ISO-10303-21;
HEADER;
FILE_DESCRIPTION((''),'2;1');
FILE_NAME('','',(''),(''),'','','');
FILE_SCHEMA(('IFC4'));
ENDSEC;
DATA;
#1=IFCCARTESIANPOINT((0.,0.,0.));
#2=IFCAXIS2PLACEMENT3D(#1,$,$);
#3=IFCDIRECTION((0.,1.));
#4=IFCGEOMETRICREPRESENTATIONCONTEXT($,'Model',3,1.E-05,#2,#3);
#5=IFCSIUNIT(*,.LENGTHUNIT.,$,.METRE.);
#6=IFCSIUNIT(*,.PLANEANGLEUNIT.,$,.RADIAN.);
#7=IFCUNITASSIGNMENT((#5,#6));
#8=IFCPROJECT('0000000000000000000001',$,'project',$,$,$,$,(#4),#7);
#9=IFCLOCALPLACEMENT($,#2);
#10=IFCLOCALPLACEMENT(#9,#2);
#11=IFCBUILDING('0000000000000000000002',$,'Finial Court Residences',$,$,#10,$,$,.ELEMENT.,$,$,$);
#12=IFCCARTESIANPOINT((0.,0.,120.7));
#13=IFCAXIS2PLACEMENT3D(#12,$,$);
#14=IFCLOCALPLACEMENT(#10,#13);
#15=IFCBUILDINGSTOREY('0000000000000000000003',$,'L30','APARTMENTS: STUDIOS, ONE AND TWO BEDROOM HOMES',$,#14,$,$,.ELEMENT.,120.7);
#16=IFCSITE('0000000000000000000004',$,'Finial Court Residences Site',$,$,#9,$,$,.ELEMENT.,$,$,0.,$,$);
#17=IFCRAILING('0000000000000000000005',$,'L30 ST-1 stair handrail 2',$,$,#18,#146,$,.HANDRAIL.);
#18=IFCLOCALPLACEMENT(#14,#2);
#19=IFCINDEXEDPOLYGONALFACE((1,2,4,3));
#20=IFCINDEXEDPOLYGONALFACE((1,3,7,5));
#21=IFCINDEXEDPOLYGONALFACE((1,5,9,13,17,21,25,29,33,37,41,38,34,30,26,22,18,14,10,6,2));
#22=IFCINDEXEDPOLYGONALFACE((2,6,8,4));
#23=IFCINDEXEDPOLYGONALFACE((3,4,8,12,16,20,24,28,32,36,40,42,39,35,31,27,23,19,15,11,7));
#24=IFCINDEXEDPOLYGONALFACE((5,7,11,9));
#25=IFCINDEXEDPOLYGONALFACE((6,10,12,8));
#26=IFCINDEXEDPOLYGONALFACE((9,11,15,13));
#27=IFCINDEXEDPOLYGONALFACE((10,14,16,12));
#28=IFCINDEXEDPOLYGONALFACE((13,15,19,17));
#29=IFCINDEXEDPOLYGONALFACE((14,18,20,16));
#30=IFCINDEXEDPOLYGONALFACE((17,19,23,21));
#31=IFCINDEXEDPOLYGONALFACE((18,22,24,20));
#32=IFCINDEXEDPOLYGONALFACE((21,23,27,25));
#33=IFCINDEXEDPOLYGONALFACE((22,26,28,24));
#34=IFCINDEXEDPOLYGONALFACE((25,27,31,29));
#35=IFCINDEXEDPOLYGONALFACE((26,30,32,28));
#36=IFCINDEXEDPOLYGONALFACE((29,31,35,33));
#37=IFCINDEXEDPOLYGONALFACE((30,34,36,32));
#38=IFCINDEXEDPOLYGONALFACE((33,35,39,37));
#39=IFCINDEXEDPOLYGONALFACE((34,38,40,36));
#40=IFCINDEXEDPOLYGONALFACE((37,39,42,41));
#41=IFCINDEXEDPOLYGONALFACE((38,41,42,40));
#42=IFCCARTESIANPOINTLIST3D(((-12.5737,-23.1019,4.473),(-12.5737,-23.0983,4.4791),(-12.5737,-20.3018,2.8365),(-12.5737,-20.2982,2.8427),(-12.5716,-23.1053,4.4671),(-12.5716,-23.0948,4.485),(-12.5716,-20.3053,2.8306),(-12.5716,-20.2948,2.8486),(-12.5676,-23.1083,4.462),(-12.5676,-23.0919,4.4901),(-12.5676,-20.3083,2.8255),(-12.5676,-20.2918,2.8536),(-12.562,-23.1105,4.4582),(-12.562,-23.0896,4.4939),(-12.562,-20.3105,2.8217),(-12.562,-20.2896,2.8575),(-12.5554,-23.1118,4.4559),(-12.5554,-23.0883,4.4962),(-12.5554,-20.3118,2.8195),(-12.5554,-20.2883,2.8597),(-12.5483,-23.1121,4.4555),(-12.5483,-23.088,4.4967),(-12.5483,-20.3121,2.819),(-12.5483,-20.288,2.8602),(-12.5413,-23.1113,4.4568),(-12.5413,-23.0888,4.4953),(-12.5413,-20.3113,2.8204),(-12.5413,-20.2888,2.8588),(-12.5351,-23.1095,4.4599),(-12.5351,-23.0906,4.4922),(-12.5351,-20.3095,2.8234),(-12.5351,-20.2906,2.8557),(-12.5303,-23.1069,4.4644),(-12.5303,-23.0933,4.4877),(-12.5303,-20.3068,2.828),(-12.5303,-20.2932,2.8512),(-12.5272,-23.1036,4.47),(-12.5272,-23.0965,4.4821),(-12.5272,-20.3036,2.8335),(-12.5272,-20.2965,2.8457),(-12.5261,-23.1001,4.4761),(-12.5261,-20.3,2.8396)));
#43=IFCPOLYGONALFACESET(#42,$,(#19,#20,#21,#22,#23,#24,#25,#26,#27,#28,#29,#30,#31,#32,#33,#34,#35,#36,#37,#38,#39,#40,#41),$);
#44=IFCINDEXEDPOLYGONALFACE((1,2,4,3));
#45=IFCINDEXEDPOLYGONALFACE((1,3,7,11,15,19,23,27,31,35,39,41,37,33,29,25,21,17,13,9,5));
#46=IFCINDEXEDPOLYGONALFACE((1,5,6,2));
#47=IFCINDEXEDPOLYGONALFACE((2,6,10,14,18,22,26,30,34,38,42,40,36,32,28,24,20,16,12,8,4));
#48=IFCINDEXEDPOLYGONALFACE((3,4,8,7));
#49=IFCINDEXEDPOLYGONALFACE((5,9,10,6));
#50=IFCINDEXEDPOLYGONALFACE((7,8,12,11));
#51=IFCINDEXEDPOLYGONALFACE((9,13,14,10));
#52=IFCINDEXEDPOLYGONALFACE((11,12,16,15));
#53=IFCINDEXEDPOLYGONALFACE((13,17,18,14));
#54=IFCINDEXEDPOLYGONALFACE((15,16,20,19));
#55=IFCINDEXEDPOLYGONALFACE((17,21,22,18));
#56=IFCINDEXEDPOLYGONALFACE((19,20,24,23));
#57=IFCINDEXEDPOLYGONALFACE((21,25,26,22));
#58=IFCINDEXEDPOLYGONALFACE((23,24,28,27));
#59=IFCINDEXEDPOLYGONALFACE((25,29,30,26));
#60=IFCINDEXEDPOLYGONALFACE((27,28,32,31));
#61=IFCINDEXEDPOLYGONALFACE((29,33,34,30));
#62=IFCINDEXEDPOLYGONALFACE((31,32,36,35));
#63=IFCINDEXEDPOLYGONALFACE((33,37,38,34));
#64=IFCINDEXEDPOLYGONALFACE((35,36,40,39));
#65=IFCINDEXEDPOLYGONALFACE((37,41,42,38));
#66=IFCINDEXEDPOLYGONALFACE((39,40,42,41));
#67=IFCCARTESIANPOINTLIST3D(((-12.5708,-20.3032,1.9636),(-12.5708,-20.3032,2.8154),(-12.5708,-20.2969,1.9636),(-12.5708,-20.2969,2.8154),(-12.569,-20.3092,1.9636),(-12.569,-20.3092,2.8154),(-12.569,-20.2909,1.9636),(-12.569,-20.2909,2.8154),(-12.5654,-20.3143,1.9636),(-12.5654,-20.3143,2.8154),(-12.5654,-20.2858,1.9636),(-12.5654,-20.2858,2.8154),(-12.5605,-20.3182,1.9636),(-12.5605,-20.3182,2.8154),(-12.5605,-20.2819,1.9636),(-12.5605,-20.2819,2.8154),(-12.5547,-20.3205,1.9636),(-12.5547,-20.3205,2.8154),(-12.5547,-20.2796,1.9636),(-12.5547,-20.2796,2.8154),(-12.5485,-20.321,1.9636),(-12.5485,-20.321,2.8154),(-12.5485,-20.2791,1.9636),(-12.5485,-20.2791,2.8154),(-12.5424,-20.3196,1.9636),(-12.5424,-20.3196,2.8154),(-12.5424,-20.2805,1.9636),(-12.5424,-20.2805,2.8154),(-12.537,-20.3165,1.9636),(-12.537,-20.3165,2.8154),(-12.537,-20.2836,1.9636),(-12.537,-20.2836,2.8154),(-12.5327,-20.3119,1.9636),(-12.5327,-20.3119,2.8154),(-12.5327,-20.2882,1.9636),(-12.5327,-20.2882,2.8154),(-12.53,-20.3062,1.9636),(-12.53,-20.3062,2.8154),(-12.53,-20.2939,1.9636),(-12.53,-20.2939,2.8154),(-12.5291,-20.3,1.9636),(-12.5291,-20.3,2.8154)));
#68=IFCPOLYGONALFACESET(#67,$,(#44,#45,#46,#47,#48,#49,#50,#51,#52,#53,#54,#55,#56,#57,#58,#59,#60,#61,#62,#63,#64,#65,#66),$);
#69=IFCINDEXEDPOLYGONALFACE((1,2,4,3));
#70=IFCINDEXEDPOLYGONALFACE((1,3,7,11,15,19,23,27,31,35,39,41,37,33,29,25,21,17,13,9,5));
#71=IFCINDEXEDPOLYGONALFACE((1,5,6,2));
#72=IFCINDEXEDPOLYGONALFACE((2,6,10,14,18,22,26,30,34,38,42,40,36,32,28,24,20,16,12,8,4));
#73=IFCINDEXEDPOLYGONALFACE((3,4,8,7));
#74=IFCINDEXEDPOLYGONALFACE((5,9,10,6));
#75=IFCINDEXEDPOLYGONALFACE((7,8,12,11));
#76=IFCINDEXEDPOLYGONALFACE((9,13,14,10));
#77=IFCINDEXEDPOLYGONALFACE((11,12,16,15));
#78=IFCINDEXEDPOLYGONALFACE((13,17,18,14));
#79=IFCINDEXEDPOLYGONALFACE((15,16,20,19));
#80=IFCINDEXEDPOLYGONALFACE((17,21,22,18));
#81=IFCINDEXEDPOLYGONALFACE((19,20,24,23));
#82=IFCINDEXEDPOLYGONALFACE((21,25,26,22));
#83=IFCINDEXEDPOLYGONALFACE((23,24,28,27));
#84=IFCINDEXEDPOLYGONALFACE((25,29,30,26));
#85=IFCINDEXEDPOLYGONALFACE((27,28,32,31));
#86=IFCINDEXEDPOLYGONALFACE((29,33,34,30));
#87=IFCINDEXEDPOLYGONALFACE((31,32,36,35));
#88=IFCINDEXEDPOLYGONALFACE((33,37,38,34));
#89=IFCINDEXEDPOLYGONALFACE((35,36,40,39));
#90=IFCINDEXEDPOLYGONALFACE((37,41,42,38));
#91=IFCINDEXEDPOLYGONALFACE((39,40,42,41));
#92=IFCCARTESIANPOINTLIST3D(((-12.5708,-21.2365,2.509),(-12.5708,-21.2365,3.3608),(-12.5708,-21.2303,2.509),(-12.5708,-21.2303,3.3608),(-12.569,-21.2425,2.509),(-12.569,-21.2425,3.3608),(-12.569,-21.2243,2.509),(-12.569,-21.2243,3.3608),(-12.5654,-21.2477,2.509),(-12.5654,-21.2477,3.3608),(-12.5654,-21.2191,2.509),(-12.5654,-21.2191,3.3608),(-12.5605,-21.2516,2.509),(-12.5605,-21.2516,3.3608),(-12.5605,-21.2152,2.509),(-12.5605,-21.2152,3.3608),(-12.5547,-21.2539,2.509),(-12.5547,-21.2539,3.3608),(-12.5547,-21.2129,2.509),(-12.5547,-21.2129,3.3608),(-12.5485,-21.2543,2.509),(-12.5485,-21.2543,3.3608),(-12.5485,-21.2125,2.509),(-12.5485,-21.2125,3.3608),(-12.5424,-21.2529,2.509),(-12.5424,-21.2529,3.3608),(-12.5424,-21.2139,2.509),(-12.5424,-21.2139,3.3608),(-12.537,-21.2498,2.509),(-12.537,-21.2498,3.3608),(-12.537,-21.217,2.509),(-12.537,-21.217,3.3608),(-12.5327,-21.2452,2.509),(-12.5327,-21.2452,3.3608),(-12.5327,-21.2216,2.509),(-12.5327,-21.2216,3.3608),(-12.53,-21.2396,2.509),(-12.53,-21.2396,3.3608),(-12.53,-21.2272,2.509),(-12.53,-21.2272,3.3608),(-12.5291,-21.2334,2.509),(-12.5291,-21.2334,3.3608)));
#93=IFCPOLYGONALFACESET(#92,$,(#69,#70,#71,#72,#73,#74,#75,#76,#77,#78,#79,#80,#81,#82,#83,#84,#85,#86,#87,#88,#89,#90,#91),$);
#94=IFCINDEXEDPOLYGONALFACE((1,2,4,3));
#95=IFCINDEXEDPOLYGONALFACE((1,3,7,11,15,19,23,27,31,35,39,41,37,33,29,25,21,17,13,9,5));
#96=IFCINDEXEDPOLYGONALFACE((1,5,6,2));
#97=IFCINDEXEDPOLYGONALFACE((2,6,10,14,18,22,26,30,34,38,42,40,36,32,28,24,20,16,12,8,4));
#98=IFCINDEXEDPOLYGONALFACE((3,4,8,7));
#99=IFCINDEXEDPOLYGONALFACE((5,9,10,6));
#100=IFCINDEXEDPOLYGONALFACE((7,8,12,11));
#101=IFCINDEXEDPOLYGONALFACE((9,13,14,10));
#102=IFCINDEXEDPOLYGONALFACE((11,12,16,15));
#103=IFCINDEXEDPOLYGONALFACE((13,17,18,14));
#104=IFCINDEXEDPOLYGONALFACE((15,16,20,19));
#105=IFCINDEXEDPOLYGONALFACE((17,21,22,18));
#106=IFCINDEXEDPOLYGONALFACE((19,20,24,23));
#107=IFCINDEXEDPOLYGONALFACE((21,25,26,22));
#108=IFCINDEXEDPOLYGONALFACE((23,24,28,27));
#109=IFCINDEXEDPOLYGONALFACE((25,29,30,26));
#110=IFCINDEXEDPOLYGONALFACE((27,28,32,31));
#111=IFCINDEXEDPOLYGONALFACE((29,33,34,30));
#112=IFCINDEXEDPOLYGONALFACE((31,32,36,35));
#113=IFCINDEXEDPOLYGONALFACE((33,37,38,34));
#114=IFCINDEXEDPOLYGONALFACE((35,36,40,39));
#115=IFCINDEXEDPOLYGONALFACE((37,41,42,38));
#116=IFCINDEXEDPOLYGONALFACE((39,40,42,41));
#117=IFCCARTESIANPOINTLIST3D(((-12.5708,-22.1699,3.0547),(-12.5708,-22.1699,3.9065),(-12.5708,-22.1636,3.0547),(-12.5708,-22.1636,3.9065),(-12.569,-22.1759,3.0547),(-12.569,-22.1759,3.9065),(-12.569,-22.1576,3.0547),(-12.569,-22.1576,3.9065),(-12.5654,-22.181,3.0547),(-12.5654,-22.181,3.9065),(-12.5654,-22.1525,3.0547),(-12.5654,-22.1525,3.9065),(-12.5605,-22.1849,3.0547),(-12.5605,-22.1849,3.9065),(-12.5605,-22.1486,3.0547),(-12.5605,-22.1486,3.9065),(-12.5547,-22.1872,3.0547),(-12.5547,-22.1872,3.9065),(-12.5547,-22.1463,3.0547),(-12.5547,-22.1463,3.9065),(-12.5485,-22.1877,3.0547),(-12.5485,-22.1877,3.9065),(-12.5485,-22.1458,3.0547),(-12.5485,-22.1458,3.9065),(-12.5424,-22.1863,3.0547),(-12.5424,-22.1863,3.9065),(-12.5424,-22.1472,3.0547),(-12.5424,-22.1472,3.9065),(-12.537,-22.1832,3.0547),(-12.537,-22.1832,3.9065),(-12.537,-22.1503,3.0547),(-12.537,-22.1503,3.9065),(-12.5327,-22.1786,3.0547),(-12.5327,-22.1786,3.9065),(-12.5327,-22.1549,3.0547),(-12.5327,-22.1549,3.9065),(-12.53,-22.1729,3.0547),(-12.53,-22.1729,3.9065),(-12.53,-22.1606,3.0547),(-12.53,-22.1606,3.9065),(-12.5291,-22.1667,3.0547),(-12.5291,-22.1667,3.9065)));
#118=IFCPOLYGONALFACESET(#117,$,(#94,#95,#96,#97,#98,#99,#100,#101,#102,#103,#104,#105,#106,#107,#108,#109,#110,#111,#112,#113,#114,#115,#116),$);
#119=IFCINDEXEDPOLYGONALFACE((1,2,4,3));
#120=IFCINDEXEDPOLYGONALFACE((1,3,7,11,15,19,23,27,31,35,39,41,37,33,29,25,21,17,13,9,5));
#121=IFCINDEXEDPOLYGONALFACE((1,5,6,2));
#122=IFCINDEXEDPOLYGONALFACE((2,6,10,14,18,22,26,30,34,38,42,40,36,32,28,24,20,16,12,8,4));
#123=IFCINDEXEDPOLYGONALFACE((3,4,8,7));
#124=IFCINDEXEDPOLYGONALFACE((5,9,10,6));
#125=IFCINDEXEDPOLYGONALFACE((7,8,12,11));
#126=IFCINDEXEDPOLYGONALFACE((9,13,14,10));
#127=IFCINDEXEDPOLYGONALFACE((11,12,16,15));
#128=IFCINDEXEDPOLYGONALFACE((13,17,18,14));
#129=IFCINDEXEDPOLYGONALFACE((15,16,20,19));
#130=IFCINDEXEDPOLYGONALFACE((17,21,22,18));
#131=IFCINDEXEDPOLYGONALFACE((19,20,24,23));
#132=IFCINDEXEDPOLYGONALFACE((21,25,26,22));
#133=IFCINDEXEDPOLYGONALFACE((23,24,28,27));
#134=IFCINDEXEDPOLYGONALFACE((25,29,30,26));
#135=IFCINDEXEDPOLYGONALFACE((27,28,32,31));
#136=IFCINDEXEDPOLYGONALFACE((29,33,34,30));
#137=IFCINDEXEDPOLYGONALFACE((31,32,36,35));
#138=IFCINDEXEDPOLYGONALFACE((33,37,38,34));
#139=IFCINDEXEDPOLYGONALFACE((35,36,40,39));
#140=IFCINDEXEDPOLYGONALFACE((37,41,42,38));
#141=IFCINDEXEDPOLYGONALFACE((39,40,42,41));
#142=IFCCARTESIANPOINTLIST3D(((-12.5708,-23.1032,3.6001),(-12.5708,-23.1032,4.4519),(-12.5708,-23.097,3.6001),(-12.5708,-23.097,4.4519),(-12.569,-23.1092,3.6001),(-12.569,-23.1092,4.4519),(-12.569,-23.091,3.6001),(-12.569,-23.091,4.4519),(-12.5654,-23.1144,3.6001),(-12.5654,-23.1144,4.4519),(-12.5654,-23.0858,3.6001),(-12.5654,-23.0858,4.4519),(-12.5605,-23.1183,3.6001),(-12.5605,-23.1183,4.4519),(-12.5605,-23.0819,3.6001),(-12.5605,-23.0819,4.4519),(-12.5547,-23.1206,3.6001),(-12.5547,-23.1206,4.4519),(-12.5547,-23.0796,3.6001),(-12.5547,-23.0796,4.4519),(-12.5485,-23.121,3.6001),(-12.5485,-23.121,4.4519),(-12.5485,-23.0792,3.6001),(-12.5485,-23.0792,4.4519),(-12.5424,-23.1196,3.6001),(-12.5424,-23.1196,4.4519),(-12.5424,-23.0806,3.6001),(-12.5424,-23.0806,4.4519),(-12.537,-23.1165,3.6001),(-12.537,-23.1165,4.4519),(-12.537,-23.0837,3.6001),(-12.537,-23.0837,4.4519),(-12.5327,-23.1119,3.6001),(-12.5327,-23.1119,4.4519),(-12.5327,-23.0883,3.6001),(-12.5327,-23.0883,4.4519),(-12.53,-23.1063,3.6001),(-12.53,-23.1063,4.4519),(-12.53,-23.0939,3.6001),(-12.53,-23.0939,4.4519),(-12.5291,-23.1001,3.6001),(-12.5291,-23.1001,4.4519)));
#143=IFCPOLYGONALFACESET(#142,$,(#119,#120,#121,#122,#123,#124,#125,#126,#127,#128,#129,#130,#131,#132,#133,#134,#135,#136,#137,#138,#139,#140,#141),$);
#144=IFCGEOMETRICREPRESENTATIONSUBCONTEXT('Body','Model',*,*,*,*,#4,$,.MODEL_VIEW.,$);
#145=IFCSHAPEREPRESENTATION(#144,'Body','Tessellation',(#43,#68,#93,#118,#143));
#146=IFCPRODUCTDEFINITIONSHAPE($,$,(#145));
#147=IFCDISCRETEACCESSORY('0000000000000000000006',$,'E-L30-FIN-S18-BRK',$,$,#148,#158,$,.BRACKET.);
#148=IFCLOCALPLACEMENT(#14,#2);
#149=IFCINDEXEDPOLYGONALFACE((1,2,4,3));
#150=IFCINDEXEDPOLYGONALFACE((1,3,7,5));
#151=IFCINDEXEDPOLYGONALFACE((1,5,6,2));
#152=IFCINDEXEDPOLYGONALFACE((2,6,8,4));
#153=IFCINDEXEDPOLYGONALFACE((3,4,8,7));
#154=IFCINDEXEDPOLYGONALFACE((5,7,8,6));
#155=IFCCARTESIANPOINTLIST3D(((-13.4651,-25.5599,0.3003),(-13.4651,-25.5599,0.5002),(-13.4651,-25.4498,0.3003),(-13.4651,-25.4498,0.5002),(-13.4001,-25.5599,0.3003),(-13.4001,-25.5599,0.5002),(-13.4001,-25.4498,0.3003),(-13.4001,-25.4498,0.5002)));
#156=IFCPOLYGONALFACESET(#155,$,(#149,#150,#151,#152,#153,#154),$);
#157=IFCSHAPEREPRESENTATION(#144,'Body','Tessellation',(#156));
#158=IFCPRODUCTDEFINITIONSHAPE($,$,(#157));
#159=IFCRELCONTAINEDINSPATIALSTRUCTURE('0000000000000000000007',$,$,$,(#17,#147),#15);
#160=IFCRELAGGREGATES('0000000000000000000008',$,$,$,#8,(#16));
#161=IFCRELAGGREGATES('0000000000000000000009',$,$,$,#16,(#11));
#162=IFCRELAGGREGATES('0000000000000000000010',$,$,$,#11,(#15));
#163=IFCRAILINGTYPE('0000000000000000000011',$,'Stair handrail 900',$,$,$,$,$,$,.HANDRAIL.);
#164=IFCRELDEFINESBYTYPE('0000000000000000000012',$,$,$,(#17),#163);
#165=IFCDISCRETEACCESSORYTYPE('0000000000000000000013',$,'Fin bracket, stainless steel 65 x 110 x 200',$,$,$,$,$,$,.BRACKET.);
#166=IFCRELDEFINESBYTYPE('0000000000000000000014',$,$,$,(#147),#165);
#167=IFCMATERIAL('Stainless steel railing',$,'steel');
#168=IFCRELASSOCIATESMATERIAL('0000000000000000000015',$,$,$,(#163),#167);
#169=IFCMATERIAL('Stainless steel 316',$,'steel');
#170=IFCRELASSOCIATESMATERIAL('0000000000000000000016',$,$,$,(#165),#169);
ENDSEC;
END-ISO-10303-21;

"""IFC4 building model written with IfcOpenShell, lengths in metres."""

from ifc_helpers import new_model, si_unit, direction, frame, origin, origin_2d, place, context, subcontext, project, spatial, rectangle, circle, extrude, material, type_object, element, save


model = new_model("IFC4")

# Units and contexts
model_context = context("Model", 3, precision=1e-05, world=origin(), true_north=direction((0.0, 1.0)))
body_context = subcontext(model_context, "Body", "Model", "MODEL_VIEW")
ifc_project = project(units=[si_unit("LENGTHUNIT", "METRE"), si_unit("PLANEANGLEUNIT", "RADIAN")], contexts=[model_context])

# Site, building, storey
site_placement = place(None, origin())
site = spatial("IfcSite", under=ifc_project, at=site_placement, Name="Finial Court Residences Site", CompositionType="ELEMENT", RefElevation=0.0)
building_placement = place(site_placement, origin())
building = spatial("IfcBuilding", under=site, at=building_placement, Name="Finial Court Residences", CompositionType="ELEMENT")
storey_placement = place(building_placement, frame((0.0, 0.0, 120.7)))
storey = spatial("IfcBuildingStorey", under=building, at=storey_placement, Name="L30", Description="APARTMENTS: STUDIOS, ONE AND TWO BEDROOM HOMES", CompositionType="ELEMENT", Elevation=120.7)

# Railing
ifc_material_1 = material(Name="Stainless steel railing", Category="steel")
railing_type_1 = type_object("IfcRailingType", Name="Stair handrail 900", PredefinedType="HANDRAIL", material=ifc_material_1)
railing_1_placement = place(storey_placement, frame((-12.55, -20.3, 1.9636)))
element("IfcRailing", 1, at=railing_1_placement, inside=storey, type_object=railing_type_1, Name="L30 ST-1 stair handrail 2", PredefinedType="HANDRAIL", context=body_context, shape_type="SweptSolid", body=[
    extrude(circle(Radius=0.0239, at=origin_2d()), frame((0.0, 0.0, 0.876), z_axis=(0.0, -0.863361, 0.504587), x_axis=(1.0, 0.0, 0.0)), (0.0, 0.0, 1.0), 3.2432),
    extrude(circle(Radius=0.021, at=origin_2d()), origin(), (0.0, 0.0, 1.0), 0.8518),
    extrude(circle(Radius=0.021, at=origin_2d()), frame((0.0, -0.9333, 0.5454)), (0.0, 0.0, 1.0), 0.8518),
    extrude(circle(Radius=0.021, at=origin_2d()), frame((0.0, -1.8667, 1.0911)), (0.0, 0.0, 1.0), 0.8518),
    extrude(circle(Radius=0.021, at=origin_2d()), frame((0.0, -2.8, 1.6365)), (0.0, 0.0, 1.0), 0.8518),
])

# Discrete accessory
ifc_material_2 = material(Name="Stainless steel 316", Category="steel")
discrete_accessory_type = type_object("IfcDiscreteAccessoryType", Name="Fin bracket, stainless steel 65 x 110 x 200", PredefinedType="BRACKET", material=ifc_material_2)
discrete_accessory_placement = place(storey_placement, frame((-13.4326, -25.5049, 0.3003), z_axis=(0.0, 0.0, 1.0), x_axis=(1.0, 0.0, 0.0)))
element("IfcDiscreteAccessory", 2, at=discrete_accessory_placement, inside=storey, type_object=discrete_accessory_type, Name="E-L30-FIN-S18-BRK", PredefinedType="BRACKET", context=body_context, shape_type="SweptSolid", body=[
    extrude(rectangle(XDim=0.0649, YDim=0.1101, at=origin_2d()), origin(), (0.0, 0.0, 1.0), 0.2),
])

save(model, "model.ifc")
